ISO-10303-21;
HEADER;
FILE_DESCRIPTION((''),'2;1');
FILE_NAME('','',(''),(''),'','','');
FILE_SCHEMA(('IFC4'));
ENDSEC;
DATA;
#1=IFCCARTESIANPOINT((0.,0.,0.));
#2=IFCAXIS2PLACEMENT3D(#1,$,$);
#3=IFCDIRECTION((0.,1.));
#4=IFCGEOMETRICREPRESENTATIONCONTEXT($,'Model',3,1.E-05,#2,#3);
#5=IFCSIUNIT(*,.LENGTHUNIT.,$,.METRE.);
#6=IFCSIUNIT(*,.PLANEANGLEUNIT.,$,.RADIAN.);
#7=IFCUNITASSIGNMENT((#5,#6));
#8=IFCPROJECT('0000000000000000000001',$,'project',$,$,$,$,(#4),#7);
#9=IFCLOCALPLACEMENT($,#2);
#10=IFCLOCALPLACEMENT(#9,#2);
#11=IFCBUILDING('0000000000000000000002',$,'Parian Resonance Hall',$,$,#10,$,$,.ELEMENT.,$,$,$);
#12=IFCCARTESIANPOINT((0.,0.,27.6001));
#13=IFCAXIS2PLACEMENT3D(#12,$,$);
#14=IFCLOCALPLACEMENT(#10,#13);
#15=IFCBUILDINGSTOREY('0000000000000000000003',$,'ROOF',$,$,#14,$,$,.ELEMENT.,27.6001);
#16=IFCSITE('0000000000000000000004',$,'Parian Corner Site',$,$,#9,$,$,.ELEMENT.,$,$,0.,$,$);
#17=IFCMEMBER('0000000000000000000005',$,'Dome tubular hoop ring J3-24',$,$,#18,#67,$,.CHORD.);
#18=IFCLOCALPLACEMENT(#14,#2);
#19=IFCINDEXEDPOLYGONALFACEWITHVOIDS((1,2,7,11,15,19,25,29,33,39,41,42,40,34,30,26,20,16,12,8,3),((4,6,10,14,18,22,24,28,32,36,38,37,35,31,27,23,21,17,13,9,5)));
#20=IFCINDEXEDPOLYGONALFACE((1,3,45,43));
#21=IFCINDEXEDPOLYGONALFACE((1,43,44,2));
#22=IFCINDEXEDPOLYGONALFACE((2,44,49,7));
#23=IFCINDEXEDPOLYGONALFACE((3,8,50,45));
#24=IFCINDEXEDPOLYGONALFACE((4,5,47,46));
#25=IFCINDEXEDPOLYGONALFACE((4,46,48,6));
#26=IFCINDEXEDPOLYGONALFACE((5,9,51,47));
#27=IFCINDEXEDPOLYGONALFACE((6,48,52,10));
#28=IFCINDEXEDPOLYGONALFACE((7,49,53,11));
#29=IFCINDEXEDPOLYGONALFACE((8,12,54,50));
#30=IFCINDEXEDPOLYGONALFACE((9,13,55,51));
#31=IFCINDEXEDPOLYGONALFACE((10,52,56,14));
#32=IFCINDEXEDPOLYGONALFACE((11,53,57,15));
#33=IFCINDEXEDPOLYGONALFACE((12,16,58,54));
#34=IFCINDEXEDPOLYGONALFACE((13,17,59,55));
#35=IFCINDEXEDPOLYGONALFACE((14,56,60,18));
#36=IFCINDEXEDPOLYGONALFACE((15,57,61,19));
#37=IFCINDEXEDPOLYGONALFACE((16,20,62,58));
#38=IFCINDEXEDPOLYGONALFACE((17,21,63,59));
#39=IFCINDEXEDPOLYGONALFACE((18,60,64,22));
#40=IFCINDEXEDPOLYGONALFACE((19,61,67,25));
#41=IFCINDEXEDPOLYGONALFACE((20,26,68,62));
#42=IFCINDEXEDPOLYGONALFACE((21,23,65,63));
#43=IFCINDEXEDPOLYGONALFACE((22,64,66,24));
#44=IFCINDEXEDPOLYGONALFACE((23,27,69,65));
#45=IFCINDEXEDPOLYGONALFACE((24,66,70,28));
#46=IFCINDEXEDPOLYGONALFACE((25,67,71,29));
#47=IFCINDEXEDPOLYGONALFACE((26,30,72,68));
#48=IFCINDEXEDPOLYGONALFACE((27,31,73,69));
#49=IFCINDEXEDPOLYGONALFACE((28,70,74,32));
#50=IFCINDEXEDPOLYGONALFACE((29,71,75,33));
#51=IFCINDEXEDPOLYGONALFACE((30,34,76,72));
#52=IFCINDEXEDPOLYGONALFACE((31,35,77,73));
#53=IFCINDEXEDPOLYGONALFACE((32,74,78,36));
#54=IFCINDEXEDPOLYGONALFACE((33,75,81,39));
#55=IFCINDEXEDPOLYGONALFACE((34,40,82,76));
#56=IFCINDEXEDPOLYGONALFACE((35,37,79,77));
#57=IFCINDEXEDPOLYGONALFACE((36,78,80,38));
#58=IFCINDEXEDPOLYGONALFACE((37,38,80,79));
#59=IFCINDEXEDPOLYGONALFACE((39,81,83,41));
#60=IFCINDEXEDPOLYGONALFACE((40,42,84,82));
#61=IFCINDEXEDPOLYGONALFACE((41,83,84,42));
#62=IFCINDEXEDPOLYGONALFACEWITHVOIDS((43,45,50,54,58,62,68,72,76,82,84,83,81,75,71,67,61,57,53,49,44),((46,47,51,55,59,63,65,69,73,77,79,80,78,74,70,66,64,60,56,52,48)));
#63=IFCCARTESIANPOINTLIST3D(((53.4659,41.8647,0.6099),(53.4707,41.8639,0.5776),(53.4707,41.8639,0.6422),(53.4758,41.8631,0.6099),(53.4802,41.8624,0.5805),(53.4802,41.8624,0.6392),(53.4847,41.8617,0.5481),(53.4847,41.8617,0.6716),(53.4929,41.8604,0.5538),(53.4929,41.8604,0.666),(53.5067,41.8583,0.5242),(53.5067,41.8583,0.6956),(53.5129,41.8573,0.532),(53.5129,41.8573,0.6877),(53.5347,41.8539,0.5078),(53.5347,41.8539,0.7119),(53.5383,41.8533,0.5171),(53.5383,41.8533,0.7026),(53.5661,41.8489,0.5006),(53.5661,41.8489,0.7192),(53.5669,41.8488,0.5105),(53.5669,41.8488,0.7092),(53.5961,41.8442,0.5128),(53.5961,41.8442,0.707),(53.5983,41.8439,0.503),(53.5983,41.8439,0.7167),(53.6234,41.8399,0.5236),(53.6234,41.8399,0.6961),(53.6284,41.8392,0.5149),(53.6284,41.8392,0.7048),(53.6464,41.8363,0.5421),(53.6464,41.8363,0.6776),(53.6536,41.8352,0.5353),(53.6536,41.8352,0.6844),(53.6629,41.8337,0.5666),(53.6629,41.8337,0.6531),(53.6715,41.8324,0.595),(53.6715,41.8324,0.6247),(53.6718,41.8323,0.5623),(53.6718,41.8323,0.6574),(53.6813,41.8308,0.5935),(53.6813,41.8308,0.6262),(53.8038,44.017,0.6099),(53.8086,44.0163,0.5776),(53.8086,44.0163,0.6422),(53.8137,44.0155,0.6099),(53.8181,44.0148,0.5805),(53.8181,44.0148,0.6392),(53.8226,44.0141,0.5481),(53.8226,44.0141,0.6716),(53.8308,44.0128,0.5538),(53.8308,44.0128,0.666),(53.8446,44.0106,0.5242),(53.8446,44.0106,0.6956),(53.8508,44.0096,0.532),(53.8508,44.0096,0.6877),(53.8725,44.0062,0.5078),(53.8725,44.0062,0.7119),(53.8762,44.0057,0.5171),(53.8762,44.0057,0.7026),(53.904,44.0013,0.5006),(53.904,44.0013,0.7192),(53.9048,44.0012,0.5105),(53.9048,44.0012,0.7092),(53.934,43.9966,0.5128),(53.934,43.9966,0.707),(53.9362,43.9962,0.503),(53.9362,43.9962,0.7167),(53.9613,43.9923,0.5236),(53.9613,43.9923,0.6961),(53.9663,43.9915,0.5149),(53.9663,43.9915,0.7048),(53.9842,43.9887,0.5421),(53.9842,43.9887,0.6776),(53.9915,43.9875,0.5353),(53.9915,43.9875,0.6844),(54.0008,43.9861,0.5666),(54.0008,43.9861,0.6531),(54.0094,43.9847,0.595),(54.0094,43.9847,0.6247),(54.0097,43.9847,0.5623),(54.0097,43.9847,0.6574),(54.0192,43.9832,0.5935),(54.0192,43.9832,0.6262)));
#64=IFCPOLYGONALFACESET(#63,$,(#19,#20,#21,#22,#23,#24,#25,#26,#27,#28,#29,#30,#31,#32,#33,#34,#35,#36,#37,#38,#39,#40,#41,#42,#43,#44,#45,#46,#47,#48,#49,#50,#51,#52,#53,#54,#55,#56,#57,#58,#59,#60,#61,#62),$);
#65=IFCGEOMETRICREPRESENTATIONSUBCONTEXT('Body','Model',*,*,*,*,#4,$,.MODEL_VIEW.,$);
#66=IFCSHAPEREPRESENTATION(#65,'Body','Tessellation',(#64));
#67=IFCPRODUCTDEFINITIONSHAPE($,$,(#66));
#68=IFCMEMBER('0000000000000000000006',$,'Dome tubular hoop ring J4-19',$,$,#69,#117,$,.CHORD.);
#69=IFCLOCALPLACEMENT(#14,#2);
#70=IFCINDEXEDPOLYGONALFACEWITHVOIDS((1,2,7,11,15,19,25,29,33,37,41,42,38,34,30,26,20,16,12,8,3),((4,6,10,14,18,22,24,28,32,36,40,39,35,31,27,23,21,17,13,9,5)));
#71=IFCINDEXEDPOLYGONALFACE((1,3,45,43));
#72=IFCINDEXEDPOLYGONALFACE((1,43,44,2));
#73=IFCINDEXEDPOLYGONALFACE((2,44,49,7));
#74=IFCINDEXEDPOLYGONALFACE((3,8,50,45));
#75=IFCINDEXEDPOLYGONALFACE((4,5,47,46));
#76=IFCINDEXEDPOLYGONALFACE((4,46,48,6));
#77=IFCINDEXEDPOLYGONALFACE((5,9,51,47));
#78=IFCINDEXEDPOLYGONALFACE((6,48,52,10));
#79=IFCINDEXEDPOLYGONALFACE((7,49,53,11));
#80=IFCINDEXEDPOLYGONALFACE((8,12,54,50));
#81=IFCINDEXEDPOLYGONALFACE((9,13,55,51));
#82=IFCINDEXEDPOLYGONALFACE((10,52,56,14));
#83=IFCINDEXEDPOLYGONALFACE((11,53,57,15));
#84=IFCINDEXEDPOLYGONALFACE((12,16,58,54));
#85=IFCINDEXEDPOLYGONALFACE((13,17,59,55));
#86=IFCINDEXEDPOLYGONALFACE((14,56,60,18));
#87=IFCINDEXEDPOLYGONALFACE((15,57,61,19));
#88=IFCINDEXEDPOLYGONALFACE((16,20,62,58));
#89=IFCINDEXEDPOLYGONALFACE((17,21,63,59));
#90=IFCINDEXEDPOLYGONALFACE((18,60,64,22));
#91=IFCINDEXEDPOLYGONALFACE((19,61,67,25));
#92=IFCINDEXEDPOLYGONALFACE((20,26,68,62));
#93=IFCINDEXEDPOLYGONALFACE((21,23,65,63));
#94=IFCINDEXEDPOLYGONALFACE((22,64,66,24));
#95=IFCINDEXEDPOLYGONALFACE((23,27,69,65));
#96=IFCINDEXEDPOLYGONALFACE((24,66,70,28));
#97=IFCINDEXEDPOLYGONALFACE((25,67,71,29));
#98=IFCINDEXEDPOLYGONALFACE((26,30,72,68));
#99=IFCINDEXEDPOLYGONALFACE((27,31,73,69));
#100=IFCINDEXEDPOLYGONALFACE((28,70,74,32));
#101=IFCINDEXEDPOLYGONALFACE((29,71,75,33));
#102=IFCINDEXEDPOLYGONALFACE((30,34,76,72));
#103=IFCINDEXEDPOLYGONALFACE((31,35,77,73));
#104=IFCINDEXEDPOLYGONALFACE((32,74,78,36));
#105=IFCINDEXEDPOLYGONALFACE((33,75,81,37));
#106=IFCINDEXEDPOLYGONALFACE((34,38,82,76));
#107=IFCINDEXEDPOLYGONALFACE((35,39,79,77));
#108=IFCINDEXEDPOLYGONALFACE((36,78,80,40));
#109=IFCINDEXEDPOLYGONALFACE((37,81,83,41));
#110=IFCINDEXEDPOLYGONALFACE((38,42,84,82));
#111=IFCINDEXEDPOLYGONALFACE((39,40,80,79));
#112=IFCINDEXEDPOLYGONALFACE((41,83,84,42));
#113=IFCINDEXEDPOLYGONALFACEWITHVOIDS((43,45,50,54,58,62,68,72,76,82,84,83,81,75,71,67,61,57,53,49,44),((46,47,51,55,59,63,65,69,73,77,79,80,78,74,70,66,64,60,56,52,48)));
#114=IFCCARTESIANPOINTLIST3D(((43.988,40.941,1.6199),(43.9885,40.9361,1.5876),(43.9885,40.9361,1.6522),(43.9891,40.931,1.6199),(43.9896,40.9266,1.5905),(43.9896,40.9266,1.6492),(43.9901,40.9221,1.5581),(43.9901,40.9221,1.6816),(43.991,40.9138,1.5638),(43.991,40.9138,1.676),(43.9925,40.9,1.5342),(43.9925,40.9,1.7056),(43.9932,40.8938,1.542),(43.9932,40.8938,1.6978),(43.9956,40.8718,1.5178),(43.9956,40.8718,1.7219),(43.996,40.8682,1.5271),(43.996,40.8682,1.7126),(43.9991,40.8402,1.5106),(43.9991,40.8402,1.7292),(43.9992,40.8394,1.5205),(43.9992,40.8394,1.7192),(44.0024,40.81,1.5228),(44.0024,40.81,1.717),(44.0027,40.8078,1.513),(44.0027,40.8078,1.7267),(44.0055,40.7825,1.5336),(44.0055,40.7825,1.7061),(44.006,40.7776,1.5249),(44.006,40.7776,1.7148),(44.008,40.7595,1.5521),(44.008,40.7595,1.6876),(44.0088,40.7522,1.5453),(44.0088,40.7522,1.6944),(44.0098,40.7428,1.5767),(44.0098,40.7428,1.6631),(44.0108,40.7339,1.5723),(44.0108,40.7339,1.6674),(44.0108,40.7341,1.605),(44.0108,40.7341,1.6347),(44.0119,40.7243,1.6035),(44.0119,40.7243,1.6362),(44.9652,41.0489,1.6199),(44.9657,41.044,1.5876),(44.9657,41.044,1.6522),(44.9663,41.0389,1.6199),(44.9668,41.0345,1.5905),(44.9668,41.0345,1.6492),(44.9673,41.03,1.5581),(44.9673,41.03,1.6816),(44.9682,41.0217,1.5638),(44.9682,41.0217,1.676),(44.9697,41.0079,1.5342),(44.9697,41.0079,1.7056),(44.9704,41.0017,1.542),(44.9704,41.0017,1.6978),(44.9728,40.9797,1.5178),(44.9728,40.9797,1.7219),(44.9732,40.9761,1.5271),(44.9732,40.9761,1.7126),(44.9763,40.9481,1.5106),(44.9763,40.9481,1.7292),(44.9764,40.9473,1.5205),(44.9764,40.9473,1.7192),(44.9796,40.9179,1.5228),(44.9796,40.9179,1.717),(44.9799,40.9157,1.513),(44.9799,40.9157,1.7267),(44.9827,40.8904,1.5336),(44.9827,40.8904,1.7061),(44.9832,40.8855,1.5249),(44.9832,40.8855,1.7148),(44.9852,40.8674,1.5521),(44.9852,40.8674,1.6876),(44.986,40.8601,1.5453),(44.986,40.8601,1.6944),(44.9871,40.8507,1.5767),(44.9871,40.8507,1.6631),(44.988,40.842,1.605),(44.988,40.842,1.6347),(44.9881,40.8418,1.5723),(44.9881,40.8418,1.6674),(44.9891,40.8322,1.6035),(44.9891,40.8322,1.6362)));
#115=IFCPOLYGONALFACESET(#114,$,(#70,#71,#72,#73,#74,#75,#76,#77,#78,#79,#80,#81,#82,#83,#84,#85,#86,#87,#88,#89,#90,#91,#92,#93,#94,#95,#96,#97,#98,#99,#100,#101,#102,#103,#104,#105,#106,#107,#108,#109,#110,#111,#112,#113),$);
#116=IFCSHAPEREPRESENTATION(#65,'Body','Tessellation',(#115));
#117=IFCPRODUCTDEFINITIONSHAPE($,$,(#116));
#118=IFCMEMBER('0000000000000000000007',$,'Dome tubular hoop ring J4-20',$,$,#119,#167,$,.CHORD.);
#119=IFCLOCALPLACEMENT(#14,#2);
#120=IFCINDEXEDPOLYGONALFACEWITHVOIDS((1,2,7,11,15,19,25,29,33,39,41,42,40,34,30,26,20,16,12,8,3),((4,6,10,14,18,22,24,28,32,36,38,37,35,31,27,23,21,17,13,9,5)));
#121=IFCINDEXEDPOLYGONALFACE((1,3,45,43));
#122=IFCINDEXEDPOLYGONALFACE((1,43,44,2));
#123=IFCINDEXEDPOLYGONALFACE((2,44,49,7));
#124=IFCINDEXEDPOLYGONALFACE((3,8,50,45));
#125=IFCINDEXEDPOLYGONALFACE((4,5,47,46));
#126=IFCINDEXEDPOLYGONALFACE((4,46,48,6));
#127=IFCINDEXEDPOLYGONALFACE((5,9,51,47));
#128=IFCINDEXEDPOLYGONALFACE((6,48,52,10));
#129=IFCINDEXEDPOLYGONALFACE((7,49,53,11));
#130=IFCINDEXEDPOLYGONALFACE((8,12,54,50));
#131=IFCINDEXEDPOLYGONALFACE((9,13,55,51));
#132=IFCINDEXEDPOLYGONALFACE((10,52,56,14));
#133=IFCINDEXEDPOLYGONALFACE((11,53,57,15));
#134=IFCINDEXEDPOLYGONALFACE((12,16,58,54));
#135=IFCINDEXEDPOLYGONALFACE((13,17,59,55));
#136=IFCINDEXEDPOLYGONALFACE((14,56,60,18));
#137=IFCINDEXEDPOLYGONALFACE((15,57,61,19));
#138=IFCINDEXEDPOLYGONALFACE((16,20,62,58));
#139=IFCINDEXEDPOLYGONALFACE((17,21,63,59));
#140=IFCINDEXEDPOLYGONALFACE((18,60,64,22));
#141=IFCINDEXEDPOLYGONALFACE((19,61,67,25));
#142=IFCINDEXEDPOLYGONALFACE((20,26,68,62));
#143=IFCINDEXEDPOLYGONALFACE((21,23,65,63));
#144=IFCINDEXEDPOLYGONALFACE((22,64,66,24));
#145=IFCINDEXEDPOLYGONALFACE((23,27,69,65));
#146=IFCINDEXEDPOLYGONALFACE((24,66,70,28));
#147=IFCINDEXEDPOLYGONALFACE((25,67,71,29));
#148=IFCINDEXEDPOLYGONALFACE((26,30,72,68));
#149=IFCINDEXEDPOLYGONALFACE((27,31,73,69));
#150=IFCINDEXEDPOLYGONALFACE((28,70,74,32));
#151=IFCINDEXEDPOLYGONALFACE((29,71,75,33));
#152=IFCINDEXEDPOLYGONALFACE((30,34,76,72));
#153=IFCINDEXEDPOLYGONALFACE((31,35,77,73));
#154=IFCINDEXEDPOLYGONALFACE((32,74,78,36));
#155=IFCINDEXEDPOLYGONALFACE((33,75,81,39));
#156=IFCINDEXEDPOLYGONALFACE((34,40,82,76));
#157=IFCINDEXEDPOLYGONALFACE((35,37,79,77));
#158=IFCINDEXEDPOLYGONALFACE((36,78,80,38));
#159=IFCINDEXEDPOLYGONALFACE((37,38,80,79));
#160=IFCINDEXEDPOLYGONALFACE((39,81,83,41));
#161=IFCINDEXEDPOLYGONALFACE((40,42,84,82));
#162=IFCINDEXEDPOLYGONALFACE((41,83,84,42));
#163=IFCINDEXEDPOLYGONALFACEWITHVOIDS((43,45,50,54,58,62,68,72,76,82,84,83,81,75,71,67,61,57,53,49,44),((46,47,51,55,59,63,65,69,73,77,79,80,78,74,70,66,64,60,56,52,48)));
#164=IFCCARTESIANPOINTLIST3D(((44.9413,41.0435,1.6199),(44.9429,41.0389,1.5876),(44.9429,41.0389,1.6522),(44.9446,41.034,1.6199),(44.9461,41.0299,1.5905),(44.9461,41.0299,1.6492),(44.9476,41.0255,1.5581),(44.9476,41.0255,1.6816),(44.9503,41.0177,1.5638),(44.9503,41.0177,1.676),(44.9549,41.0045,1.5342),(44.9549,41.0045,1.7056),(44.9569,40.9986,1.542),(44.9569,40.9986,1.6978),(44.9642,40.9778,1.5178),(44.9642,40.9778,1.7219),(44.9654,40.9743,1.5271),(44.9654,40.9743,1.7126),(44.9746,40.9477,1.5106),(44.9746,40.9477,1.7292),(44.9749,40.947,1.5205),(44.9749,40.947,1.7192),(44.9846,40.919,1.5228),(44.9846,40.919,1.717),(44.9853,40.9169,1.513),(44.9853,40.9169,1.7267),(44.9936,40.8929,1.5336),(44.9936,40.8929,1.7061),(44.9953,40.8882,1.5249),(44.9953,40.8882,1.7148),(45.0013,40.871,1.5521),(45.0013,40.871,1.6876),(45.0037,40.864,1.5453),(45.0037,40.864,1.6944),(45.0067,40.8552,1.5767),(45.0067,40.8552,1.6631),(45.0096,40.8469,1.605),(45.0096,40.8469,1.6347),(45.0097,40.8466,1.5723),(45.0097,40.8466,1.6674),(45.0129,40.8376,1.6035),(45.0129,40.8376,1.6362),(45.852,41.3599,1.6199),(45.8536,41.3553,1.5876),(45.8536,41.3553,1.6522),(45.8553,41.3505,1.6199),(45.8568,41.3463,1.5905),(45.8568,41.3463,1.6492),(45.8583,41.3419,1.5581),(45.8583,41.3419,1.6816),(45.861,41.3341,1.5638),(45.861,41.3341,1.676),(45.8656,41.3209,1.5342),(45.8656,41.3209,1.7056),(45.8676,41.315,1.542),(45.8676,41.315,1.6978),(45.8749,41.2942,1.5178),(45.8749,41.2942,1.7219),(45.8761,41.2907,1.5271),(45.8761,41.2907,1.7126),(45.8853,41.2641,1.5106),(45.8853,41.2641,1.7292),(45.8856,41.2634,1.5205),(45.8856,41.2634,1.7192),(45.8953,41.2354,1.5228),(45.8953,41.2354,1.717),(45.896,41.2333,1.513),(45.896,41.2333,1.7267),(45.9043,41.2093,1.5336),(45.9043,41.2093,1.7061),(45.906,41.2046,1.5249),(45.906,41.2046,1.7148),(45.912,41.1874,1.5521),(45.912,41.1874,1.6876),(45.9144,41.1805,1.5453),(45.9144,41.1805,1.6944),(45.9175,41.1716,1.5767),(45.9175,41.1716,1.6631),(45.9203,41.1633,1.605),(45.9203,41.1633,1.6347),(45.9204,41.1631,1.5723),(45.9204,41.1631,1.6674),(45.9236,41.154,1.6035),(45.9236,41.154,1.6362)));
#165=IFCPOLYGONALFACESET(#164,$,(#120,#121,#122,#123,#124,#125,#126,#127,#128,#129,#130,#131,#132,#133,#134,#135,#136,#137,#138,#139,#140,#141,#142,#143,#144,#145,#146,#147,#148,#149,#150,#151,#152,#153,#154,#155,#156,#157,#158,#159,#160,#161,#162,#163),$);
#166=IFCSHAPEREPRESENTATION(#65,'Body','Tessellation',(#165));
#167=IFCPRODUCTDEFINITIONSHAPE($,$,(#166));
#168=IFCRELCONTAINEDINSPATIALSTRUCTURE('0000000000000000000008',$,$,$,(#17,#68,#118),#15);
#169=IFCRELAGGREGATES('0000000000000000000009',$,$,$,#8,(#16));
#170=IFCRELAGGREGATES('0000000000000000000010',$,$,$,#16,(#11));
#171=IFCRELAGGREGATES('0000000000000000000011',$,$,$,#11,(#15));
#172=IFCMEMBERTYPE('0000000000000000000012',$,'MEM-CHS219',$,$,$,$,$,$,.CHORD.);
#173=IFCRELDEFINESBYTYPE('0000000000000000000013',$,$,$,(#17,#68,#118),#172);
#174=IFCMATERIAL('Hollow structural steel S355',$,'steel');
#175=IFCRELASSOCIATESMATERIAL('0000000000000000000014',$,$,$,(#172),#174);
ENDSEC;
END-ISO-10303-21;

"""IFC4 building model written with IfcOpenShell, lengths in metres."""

from ifc_helpers import new_model, si_unit, direction, frame, origin, origin_2d, place, context, subcontext, project, spatial, hollow_circle, extrude, material, material_profile, profile_set, type_object, element, save


model = new_model("IFC4")

# Units and contexts
model_context = context("Model", 3, precision=1e-05, world=origin(), true_north=direction((0.0, 1.0)))
body_context = subcontext(model_context, "Body", "Model", "MODEL_VIEW")
ifc_project = project(units=[si_unit("LENGTHUNIT", "METRE"), si_unit("PLANEANGLEUNIT", "RADIAN")], contexts=[model_context])

# Site, building, storey
site_placement = place(None, origin())
site = spatial("IfcSite", under=ifc_project, at=site_placement, Name="Parian Corner Site", CompositionType="ELEMENT", RefElevation=0.0)
building_placement = place(site_placement, origin())
building = spatial("IfcBuilding", under=site, at=building_placement, Name="Parian Resonance Hall", CompositionType="ELEMENT")
storey_placement = place(building_placement, frame((0.0, 0.0, 27.6001)))
storey = spatial("IfcBuildingStorey", under=building, at=storey_placement, Name="ROOF", CompositionType="ELEMENT", Elevation=27.6001)

# Members
ifc_material_1 = material(Name="Hollow structural steel S355", Category="steel")
ifc_material_profile_1 = material_profile(ifc_material_1, hollow_circle(Radius=0.1096, WallThickness=0.01, at=origin_2d()), Name="CHS219.1x10")
ifc_profile_set_1 = profile_set([ifc_material_profile_1], Name="Hollow structural steel S355")
member_type_1 = type_object("IfcMemberType", Name="MEM-CHS219", PredefinedType="CHORD", material=ifc_profile_set_1)
member_1_placement = place(storey_placement, frame((53.5742, 41.8477, 0.6099), z_axis=(0.155088, 0.987901, 0.0), x_axis=(-0.987901, 0.155088, 0.0)))
element("IfcMember", 1, at=member_1_placement, inside=storey, type_object=member_type_1, Name="Dome tubular hoop ring J3-24", PredefinedType="CHORD", context=body_context, shape_type="SweptSolid", body=[
    extrude(hollow_circle(Radius=0.1096, WallThickness=0.01, at=origin_2d()), origin(), (0.0, 0.0, 1.0), 2.1787),
])
member_2_placement = place(storey_placement, frame((44.0, 40.832, 1.6199), z_axis=(0.993959, 0.10975, 0.0), x_axis=(-0.10975, 0.993959, 0.0)))
element("IfcMember", 2, at=member_2_placement, inside=storey, type_object=member_type_1, Name="Dome tubular hoop ring J4-19", PredefinedType="CHORD", context=body_context, shape_type="SweptSolid", body=[
    extrude(hollow_circle(Radius=0.1096, WallThickness=0.01, at=origin_2d()), origin(), (0.0, 0.0, 1.0), 0.9832),
])
member_3_placement = place(storey_placement, frame((44.9773, 40.9399, 1.6199), z_axis=(0.944606, 0.328206, 0.0), x_axis=(-0.328206, 0.944606, 0.0)))
element("IfcMember", 3, at=member_3_placement, inside=storey, type_object=member_type_1, Name="Dome tubular hoop ring J4-20", PredefinedType="CHORD", context=body_context, shape_type="SweptSolid", body=[
    extrude(hollow_circle(Radius=0.1096, WallThickness=0.01, at=origin_2d()), origin(), (0.0, 0.0, 1.0), 0.9641),
])

save(model, "model.ifc")
